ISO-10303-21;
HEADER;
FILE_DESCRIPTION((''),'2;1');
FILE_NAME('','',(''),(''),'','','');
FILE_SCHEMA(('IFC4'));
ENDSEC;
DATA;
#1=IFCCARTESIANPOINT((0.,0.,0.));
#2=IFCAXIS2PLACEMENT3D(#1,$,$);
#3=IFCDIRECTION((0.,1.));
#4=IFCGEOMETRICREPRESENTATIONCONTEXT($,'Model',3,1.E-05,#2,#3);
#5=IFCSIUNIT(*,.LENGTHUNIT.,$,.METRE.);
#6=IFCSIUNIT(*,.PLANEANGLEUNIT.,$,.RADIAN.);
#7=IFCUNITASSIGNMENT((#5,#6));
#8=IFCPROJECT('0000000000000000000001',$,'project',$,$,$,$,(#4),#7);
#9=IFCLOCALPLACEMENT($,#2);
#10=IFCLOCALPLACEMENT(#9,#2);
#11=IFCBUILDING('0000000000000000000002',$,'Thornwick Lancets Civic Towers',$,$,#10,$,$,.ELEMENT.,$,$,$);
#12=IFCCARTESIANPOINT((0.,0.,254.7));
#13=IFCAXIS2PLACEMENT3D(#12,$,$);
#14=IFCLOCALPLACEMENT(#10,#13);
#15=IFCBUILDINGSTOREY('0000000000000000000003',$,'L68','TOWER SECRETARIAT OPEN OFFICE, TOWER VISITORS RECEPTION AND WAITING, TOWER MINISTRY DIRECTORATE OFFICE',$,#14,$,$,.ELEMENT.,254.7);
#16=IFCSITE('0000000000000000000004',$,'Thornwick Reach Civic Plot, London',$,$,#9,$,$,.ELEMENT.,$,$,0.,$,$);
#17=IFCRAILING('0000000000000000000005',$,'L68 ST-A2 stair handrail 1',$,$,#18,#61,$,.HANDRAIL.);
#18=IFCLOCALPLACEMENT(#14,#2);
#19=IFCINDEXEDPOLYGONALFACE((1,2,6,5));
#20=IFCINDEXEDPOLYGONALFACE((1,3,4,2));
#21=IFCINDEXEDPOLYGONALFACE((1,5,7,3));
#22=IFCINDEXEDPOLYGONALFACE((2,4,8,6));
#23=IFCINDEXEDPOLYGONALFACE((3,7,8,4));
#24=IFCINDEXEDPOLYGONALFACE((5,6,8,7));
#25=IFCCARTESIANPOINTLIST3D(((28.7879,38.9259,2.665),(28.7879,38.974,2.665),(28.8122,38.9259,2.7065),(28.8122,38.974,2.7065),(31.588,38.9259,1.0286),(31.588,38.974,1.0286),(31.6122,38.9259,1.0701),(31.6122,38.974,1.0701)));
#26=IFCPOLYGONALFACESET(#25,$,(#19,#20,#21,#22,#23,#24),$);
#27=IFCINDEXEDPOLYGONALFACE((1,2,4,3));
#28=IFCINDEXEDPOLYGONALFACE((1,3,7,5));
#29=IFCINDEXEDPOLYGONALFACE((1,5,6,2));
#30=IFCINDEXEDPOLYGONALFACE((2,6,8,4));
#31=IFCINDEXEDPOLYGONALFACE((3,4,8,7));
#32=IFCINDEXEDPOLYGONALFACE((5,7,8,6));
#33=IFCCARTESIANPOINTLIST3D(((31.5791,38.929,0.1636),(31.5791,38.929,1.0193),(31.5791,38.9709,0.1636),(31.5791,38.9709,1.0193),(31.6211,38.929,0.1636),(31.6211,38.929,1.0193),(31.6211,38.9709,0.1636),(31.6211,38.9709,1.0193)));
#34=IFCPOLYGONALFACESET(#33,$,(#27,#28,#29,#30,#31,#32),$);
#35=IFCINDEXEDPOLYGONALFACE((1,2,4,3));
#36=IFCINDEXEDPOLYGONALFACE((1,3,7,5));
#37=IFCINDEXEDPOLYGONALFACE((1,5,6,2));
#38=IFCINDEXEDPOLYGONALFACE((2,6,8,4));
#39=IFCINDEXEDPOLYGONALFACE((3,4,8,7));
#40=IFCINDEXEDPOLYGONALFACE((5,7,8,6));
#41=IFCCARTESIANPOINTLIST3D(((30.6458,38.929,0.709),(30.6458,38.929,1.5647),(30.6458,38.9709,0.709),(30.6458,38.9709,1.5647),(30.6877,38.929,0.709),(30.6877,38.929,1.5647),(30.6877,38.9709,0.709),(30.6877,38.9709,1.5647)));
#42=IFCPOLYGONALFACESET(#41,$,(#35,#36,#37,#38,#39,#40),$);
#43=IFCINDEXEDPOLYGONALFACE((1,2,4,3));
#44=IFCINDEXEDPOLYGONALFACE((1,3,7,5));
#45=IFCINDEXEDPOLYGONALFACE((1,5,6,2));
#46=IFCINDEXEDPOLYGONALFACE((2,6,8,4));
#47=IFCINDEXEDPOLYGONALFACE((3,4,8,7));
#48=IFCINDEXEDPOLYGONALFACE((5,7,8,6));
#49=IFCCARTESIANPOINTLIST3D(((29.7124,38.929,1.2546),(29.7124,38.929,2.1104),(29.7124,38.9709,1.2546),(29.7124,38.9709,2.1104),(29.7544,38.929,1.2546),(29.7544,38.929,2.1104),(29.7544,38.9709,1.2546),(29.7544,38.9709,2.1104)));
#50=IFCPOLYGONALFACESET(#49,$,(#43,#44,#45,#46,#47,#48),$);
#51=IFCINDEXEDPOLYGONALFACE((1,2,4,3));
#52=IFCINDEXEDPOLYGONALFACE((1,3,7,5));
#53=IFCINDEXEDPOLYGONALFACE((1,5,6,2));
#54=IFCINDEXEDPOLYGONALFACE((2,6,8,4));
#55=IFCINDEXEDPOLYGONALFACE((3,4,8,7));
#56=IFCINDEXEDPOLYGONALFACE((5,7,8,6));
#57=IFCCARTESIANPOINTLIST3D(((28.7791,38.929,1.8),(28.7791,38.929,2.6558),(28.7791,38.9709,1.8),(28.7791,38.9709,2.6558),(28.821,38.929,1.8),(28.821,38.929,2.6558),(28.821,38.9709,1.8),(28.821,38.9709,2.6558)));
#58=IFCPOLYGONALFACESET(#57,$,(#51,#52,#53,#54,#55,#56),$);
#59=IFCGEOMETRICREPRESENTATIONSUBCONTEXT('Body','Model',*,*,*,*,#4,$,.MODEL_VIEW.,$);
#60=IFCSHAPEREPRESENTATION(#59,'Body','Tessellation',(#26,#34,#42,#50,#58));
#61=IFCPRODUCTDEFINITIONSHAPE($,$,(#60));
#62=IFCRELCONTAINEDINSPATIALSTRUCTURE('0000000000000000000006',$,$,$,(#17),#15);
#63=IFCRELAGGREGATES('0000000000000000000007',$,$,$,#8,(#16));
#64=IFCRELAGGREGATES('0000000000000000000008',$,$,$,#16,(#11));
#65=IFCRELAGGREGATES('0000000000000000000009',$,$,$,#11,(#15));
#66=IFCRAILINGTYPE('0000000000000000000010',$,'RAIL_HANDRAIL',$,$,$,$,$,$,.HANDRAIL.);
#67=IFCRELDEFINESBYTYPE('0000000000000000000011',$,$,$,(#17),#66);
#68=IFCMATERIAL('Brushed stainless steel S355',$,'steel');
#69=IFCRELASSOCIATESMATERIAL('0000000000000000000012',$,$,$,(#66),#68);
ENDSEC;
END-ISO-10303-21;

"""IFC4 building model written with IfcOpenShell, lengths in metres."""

from ifc_helpers import new_model, si_unit, direction, frame, origin, origin_2d, place, context, subcontext, project, spatial, rectangle, extrude, material, type_object, element, save


model = new_model("IFC4")

# Units and contexts
model_context = context("Model", 3, precision=1e-05, world=origin(), true_north=direction((0.0, 1.0)))
body_context = subcontext(model_context, "Body", "Model", "MODEL_VIEW")
ifc_project = project(units=[si_unit("LENGTHUNIT", "METRE"), si_unit("PLANEANGLEUNIT", "RADIAN")], contexts=[model_context])

# Site, building, storey
site_placement = place(None, origin())
site = spatial("IfcSite", under=ifc_project, at=site_placement, Name="Thornwick Reach Civic Plot, London", CompositionType="ELEMENT", RefElevation=0.0)
building_placement = place(site_placement, origin())
building = spatial("IfcBuilding", under=site, at=building_placement, Name="Thornwick Lancets Civic Towers", CompositionType="ELEMENT")
storey_placement = place(building_placement, frame((0.0, 0.0, 254.7)))
storey = spatial("IfcBuildingStorey", under=building, at=storey_placement, Name="L68", Description="TOWER SECRETARIAT OPEN OFFICE, TOWER VISITORS RECEPTION AND WAITING, TOWER MINISTRY DIRECTORATE OFFICE", CompositionType="ELEMENT", Elevation=254.7)

# Railing
ifc_material_1 = material(Name="Brushed stainless steel S355", Category="steel")
railing_type = type_object("IfcRailingType", Name="RAIL_HANDRAIL", PredefinedType="HANDRAIL", material=ifc_material_1)
railing_placement = place(storey_placement, frame((31.6001, 38.95, 0.1636)))
element("IfcRailing", 1, at=railing_placement, inside=storey, type_object=railing_type, Name="L68 ST-A2 stair handrail 1", PredefinedType="HANDRAIL", context=body_context, shape_type="SweptSolid", body=[
    extrude(rectangle(XDim=0.0481, YDim=0.0481, at=origin_2d()), frame((0.0, 0.0, 0.8857), z_axis=(-0.863361, 0.0, 0.504587), x_axis=(0.0, -1.0, 0.0)), (0.0, 0.0, 1.0), 3.2432),
    extrude(rectangle(XDim=0.042, YDim=0.042, at=origin_2d()), origin(), (0.0, 0.0, 1.0), 0.8557),
    extrude(rectangle(XDim=0.042, YDim=0.042, at=origin_2d()), frame((-0.9333, 0.0, 0.5454)), (0.0, 0.0, 1.0), 0.8557),
    extrude(rectangle(XDim=0.042, YDim=0.042, at=origin_2d()), frame((-1.8667, 0.0, 1.0911)), (0.0, 0.0, 1.0), 0.8557),
    extrude(rectangle(XDim=0.042, YDim=0.042, at=origin_2d()), frame((-2.8, 0.0, 1.6365)), (0.0, 0.0, 1.0), 0.8557),
])

save(model, "model.ifc")
